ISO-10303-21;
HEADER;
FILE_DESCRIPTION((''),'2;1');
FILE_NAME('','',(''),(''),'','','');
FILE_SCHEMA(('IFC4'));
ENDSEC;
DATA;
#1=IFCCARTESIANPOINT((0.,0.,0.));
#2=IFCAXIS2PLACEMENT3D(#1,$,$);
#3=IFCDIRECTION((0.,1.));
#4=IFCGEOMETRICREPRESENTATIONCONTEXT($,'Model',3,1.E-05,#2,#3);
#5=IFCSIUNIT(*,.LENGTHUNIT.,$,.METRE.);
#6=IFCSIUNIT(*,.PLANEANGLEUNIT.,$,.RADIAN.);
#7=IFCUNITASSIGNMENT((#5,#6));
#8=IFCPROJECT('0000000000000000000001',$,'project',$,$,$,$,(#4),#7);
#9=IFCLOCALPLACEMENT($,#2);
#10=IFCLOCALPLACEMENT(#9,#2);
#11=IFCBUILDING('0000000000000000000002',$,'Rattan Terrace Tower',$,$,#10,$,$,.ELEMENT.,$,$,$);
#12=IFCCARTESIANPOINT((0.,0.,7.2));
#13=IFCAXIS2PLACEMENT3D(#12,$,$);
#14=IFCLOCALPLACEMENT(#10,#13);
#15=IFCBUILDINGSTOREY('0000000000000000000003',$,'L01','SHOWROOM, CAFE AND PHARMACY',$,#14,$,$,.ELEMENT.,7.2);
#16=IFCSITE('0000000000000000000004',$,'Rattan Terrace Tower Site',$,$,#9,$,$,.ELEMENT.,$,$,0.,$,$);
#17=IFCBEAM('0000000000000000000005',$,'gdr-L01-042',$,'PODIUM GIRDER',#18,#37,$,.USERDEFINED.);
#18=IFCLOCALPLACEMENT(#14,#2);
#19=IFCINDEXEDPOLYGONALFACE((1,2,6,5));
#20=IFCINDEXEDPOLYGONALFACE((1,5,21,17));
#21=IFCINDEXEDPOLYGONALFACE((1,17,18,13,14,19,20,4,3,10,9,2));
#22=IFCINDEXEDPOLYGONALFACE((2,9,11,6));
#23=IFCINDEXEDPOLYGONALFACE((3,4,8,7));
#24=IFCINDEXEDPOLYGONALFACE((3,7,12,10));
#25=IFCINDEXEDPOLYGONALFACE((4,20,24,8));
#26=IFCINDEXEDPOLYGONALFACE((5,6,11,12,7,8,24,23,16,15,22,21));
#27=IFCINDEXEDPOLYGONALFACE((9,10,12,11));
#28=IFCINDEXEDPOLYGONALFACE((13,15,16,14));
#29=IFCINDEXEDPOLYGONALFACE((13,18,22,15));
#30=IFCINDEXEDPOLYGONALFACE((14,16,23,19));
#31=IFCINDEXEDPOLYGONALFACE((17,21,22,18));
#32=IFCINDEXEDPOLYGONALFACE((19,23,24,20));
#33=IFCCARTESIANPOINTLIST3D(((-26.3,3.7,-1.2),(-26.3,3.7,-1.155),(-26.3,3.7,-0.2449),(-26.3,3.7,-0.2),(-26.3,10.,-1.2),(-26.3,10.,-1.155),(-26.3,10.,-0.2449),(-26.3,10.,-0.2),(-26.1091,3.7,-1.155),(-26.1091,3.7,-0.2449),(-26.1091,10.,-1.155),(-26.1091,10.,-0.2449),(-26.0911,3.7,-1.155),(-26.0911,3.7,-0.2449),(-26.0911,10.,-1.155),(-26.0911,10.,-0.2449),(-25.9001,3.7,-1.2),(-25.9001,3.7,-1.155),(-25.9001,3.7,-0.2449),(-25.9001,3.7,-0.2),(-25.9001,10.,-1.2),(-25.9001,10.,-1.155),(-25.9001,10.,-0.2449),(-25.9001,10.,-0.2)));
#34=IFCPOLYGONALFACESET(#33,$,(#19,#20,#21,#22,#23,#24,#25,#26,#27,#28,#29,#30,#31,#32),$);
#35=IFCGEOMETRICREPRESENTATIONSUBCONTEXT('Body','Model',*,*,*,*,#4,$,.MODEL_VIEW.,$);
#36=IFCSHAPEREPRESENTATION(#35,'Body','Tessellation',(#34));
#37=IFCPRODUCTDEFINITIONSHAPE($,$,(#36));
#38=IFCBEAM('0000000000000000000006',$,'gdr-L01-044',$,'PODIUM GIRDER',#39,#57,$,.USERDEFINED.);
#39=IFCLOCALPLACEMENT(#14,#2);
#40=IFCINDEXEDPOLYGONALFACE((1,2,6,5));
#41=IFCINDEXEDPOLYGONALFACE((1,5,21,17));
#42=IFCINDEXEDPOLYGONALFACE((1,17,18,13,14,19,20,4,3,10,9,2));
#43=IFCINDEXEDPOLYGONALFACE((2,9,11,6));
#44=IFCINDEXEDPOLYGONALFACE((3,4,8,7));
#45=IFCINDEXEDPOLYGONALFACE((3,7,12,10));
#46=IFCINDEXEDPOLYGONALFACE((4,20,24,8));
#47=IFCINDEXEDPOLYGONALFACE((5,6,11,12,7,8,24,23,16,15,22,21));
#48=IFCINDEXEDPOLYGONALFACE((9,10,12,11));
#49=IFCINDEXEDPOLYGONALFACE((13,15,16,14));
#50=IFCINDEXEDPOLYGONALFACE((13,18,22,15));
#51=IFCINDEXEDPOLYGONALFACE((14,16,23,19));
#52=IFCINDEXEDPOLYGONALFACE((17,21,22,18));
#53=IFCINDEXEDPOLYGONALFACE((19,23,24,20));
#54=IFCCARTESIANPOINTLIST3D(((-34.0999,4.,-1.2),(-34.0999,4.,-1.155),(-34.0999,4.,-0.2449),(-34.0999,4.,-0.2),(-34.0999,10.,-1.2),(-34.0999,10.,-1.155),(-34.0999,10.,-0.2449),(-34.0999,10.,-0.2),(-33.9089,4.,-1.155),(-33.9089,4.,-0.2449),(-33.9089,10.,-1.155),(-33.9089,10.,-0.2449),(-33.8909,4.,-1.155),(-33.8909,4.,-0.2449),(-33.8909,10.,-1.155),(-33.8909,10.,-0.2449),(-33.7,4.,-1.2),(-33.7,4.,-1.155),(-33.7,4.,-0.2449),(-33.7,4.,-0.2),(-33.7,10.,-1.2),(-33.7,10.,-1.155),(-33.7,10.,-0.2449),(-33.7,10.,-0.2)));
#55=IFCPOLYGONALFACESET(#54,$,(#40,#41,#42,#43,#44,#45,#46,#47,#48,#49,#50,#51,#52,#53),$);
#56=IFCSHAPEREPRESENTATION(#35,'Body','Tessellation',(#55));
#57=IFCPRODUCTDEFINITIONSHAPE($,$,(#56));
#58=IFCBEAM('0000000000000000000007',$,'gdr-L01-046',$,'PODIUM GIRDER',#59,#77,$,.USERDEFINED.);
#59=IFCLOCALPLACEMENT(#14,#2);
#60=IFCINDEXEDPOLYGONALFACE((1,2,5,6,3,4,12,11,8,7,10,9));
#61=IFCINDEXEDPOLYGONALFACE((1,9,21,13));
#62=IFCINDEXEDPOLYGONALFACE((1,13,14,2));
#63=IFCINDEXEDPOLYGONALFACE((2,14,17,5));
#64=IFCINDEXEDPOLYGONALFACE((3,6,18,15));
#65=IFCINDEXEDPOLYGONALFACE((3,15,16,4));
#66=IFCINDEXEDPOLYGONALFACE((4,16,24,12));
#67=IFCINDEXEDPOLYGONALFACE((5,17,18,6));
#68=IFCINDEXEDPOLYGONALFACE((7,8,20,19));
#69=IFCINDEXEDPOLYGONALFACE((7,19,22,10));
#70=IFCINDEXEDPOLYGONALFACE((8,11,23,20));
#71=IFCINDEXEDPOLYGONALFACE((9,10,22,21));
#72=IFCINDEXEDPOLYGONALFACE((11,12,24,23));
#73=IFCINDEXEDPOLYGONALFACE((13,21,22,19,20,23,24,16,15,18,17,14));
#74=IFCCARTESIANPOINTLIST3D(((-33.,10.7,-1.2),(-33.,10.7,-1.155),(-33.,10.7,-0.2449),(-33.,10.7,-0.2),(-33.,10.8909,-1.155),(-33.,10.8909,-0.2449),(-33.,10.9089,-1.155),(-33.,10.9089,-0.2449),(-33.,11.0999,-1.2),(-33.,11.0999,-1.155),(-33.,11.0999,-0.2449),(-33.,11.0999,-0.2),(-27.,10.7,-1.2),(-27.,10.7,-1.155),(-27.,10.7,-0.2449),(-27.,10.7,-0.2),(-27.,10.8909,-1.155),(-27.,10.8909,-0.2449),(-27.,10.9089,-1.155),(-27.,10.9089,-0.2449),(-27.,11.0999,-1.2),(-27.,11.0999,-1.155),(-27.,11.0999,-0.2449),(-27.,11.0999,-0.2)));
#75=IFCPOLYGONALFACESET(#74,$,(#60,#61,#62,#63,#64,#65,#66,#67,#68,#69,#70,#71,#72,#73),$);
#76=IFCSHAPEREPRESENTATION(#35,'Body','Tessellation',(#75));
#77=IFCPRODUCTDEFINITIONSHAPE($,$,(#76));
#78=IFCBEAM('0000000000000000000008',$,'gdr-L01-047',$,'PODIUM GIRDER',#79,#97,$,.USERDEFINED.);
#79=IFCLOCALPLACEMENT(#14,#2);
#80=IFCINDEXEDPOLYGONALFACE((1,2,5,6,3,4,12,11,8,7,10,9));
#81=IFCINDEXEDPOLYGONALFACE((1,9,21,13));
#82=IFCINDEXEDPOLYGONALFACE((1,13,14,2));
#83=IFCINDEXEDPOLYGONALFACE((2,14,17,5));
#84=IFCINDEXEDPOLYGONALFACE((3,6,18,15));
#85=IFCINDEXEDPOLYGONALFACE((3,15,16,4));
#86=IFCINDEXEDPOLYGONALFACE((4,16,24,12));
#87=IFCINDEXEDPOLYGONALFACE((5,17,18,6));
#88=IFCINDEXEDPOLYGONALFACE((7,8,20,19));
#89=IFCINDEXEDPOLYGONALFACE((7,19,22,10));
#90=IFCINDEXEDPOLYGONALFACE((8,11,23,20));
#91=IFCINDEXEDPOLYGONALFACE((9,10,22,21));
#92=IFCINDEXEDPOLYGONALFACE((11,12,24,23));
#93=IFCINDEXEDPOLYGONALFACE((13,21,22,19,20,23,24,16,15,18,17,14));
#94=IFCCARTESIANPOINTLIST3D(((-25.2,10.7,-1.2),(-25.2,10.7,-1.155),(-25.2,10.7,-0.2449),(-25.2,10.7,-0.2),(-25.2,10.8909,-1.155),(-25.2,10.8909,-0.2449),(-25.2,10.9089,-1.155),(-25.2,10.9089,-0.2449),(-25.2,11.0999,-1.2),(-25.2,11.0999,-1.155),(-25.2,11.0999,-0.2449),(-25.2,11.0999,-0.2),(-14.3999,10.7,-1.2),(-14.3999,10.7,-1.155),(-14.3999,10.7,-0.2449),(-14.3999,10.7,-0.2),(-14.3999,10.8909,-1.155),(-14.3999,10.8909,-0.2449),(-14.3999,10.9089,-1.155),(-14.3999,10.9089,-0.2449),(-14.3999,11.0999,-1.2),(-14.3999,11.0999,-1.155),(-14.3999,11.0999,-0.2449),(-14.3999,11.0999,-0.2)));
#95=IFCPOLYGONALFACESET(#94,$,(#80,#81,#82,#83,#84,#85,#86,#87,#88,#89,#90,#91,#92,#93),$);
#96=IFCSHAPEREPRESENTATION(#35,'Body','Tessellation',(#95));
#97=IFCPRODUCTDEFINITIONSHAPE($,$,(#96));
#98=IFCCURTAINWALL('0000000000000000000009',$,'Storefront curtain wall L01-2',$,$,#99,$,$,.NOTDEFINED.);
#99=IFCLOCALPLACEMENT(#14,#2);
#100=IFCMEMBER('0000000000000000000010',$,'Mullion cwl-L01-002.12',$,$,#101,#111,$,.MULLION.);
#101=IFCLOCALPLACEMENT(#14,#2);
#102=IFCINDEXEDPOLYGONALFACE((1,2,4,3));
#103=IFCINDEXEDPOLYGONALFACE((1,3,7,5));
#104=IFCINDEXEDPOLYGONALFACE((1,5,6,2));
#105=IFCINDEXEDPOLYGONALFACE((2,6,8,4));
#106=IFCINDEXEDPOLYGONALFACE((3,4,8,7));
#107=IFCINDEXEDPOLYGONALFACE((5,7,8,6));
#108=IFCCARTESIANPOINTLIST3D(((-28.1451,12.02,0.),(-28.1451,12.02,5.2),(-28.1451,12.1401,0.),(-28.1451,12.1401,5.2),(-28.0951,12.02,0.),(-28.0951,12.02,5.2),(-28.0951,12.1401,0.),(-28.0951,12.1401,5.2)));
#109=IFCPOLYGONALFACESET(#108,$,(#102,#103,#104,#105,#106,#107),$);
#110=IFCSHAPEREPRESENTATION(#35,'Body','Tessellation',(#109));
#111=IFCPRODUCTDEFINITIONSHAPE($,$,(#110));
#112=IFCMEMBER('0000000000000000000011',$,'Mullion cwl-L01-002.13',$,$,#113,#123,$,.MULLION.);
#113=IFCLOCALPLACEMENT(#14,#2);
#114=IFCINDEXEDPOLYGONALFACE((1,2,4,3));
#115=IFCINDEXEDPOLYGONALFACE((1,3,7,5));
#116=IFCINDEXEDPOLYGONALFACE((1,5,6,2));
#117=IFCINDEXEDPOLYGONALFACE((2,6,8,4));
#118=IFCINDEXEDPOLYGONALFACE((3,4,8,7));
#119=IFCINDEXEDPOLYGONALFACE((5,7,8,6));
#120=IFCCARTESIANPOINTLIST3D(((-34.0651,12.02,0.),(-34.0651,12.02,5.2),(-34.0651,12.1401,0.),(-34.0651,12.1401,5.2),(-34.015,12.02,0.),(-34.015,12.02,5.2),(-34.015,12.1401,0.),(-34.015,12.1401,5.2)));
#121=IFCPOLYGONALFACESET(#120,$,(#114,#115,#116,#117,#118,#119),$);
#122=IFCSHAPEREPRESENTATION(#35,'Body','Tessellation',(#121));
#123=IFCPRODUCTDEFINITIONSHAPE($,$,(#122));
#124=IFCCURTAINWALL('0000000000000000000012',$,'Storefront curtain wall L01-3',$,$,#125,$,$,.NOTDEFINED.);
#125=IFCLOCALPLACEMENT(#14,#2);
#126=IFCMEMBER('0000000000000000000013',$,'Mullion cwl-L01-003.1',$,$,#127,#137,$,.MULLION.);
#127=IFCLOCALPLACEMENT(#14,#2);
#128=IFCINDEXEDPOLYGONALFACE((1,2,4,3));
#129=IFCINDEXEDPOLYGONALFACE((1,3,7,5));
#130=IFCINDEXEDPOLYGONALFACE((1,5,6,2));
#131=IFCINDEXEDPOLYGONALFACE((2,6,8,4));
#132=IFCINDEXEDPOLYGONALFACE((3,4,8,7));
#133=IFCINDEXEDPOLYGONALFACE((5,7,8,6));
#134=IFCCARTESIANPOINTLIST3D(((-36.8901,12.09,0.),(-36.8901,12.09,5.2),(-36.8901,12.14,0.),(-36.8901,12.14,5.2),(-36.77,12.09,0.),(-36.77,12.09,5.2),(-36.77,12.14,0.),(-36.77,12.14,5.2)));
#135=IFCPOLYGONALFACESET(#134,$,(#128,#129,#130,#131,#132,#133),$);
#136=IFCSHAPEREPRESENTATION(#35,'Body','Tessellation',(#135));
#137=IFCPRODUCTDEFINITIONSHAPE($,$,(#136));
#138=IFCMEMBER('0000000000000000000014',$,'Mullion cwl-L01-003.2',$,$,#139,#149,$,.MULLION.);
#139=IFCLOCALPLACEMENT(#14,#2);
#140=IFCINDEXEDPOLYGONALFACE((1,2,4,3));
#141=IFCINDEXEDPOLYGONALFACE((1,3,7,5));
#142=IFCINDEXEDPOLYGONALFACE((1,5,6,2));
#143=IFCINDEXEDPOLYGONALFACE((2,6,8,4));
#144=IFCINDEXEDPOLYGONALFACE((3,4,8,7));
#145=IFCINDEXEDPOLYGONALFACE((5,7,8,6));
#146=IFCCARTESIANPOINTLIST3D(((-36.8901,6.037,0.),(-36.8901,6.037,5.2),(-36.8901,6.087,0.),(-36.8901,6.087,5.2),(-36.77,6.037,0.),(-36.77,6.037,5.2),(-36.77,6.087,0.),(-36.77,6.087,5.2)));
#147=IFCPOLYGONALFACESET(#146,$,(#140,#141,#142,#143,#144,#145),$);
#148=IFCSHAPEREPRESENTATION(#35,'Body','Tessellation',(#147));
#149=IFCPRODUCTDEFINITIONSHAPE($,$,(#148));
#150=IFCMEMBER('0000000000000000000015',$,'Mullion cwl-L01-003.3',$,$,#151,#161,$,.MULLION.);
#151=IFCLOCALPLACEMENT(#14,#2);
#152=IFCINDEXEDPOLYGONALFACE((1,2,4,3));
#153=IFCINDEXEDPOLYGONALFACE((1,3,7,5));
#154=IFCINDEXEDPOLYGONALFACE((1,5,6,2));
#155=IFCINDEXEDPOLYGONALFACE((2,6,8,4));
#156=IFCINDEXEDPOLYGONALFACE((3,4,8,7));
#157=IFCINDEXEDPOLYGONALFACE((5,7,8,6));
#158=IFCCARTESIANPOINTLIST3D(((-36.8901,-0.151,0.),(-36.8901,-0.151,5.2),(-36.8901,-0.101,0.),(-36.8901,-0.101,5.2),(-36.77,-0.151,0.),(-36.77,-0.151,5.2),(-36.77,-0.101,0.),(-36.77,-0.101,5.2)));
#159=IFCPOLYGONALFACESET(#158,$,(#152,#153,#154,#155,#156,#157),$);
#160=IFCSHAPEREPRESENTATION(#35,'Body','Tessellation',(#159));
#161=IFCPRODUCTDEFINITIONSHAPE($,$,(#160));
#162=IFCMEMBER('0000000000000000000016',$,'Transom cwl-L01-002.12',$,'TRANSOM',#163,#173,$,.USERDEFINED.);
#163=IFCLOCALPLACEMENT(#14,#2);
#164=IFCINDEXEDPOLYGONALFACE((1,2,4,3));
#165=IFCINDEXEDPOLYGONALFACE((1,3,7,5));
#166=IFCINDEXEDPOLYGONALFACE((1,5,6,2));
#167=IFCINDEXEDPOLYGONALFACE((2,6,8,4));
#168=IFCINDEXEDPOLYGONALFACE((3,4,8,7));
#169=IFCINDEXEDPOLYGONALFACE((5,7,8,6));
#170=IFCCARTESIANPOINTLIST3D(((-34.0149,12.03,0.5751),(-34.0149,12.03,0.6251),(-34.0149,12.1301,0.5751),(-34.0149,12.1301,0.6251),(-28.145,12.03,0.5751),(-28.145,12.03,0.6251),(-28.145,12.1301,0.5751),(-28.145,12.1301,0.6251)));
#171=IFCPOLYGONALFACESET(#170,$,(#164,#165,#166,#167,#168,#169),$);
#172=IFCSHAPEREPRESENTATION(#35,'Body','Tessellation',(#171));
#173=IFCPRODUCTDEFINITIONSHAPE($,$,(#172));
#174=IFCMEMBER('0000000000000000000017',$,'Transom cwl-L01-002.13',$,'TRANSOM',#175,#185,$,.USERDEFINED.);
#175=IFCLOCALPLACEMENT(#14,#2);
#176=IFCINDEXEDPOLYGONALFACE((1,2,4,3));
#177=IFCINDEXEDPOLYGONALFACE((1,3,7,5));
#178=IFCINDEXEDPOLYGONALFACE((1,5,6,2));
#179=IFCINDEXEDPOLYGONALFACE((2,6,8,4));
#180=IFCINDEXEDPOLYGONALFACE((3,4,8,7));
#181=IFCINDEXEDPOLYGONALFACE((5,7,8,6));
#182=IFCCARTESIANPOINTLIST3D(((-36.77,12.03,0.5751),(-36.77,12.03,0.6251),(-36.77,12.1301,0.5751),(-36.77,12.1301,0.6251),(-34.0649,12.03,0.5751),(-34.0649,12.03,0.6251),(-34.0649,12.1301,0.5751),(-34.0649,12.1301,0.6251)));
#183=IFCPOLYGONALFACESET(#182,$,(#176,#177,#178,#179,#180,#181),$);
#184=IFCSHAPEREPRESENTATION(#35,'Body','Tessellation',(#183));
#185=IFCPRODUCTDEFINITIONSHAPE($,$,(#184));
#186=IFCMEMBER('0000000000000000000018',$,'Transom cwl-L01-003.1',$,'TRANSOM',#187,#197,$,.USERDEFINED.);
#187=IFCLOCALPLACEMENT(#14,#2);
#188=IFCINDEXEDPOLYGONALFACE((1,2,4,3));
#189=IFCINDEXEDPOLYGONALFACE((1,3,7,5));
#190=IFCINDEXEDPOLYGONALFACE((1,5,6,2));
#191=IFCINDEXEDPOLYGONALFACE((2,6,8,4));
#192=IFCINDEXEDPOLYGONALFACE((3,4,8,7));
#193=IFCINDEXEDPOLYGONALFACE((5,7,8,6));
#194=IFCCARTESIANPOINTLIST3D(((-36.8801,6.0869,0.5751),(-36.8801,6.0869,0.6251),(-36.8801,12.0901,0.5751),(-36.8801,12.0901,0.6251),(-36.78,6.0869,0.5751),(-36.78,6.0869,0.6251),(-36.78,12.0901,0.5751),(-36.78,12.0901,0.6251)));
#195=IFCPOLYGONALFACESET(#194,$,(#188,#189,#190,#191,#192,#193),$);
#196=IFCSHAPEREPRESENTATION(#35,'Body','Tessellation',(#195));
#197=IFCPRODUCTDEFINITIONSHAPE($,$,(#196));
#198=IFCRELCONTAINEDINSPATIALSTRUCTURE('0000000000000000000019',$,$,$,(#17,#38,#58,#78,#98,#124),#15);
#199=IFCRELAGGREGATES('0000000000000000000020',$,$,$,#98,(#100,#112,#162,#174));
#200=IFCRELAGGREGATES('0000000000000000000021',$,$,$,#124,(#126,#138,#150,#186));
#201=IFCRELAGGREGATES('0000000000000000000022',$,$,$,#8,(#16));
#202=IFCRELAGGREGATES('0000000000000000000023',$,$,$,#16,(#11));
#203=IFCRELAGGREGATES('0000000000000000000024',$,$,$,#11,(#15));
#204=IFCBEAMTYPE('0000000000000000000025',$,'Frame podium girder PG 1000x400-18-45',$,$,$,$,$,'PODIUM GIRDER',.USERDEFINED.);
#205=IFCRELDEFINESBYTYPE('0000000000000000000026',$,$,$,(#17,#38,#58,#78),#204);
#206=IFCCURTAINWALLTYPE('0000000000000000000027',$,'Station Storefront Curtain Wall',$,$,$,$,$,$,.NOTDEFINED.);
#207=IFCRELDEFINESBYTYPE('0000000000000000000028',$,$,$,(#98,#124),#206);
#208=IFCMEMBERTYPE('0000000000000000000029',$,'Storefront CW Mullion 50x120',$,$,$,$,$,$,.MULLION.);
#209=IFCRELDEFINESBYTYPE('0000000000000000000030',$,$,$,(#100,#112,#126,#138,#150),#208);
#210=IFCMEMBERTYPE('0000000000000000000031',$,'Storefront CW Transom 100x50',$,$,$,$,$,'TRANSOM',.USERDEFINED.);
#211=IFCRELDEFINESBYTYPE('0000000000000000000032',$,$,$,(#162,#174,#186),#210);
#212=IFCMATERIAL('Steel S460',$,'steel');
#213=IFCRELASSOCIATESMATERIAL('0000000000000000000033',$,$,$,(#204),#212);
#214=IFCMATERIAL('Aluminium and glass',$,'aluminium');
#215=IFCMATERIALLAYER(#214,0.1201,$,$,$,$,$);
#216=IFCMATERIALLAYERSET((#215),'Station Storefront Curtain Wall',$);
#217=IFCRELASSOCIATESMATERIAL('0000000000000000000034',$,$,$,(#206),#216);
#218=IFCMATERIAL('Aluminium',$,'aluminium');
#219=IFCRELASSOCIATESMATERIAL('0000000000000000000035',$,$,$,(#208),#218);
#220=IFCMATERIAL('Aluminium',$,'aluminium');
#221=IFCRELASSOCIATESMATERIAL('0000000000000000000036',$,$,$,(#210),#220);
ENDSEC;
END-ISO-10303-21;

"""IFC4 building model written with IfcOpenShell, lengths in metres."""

from ifc_helpers import new_model, si_unit, direction, frame, origin, origin_2d, place, context, subcontext, project, spatial, rectangle, i_section, extrude, material, layer, layer_set, material_profile, profile_set, type_object, element, aggregate, save


model = new_model("IFC4")

# Units and contexts
model_context = context("Model", 3, precision=1e-05, world=origin(), true_north=direction((0.0, 1.0)))
body_context = subcontext(model_context, "Body", "Model", "MODEL_VIEW")
ifc_project = project(units=[si_unit("LENGTHUNIT", "METRE"), si_unit("PLANEANGLEUNIT", "RADIAN")], contexts=[model_context])

# Site, building, storey
site_placement = place(None, origin())
site = spatial("IfcSite", under=ifc_project, at=site_placement, Name="Rattan Terrace Tower Site", CompositionType="ELEMENT", RefElevation=0.0)
building_placement = place(site_placement, origin())
building = spatial("IfcBuilding", under=site, at=building_placement, Name="Rattan Terrace Tower", CompositionType="ELEMENT")
storey_placement = place(building_placement, frame((0.0, 0.0, 7.2)))
storey = spatial("IfcBuildingStorey", under=building, at=storey_placement, Name="L01", Description="SHOWROOM, CAFE AND PHARMACY", CompositionType="ELEMENT", Elevation=7.2)

# Beams
ifc_material_1 = material(Name="Steel S460", Category="steel")
ifc_material_profile_1 = material_profile(ifc_material_1, i_section(OverallWidth=0.3999, OverallDepth=1.0, WebThickness=0.0181, FlangeThickness=0.0449, at=origin_2d()), Name="PG 1000x400-18-45")
ifc_profile_set_1 = profile_set([ifc_material_profile_1], Name="Steel S460")
beam_type_1 = type_object("IfcBeamType", Name="Frame podium girder PG 1000x400-18-45", ElementType="PODIUM GIRDER", PredefinedType="USERDEFINED", material=ifc_profile_set_1)
for number, where, z_axis, x_axis, name in (
    (1, (-26.1001, 3.7, -0.7), (0.0, 1.0, 0.0), (-1.0, 0.0, 0.0), "gdr-L01-042"),
):
    element("IfcBeam", number, at=place(storey_placement, frame(where, z_axis=z_axis, x_axis=x_axis)), inside=storey, type_object=beam_type_1, Name=name, ObjectType="PODIUM GIRDER", PredefinedType="USERDEFINED", context=body_context, shape_type="SweptSolid", body=[
        extrude(i_section(OverallWidth=0.3999, OverallDepth=1.0, WebThickness=0.0181, FlangeThickness=0.0449, at=origin_2d()), origin(), (0.0, 0.0, 1.0), 6.3),
    ])
for number, where, z_axis, x_axis, name in (
    (2, (-33.8999, 4.0, -0.7), (0.0, 1.0, 0.0), (-1.0, 0.0, 0.0), "gdr-L01-044"),
    (3, (-33.0, 10.8999, -0.7), (1.0, 0.0, 0.0), (0.0, 1.0, 0.0), "gdr-L01-046"),
):
    element("IfcBeam", number, at=place(storey_placement, frame(where, z_axis=z_axis, x_axis=x_axis)), inside=storey, type_object=beam_type_1, Name=name, ObjectType="PODIUM GIRDER", PredefinedType="USERDEFINED", context=body_context, shape_type="SweptSolid", body=[
        extrude(i_section(OverallWidth=0.3999, OverallDepth=1.0, WebThickness=0.0181, FlangeThickness=0.0449, at=origin_2d()), origin(), (0.0, 0.0, 1.0), 6.0),
    ])
beam_1_placement = place(storey_placement, frame((-25.2, 10.8999, -0.7), z_axis=(1.0, 0.0, 0.0), x_axis=(0.0, 1.0, 0.0)))
element("IfcBeam", 4, at=beam_1_placement, inside=storey, type_object=beam_type_1, Name="gdr-L01-047", ObjectType="PODIUM GIRDER", PredefinedType="USERDEFINED", context=body_context, shape_type="SweptSolid", body=[
    extrude(i_section(OverallWidth=0.3999, OverallDepth=1.0, WebThickness=0.0181, FlangeThickness=0.0449, at=origin_2d()), origin(), (0.0, 0.0, 1.0), 10.8),
])

# Curtain walls, members
ifc_material_2 = material(Name="Aluminium and glass", Category="aluminium")
ifc_layer_1 = layer(ifc_material_2, 0.1201)
ifc_layer_set_1 = layer_set([ifc_layer_1], Name="Station Storefront Curtain Wall")
curtain_wall_type = type_object("IfcCurtainWallType", Name="Station Storefront Curtain Wall", PredefinedType="NOTDEFINED", material=ifc_layer_set_1)
curtain_wall_1_placement = place(storey_placement, origin())
curtain_wall_1 = element("IfcCurtainWall", 5, at=curtain_wall_1_placement, inside=storey, type_object=curtain_wall_type, Name="Storefront curtain wall L01-2", PredefinedType="NOTDEFINED")
ifc_material_3 = material(Name="Aluminium", Category="aluminium")
ifc_material_profile_2 = material_profile(ifc_material_3, rectangle(XDim=0.05, YDim=0.1201, at=origin_2d()), Name="Aluminium 50x120")
ifc_profile_set_2 = profile_set([ifc_material_profile_2], Name="Aluminium")
member_type_1 = type_object("IfcMemberType", Name="Storefront CW Mullion 50x120", PredefinedType="MULLION", material=ifc_profile_set_2)
member_1_placement = place(storey_placement, frame((-28.1201, 12.0801, 0.0), z_axis=(0.0, 0.0, 1.0), x_axis=(-1.0, 0.0, 0.0)))
member_1 = element("IfcMember", 6, at=member_1_placement, type_object=member_type_1, Name="Mullion cwl-L01-002.12", PredefinedType="MULLION", context=body_context, shape_type="SweptSolid", body=[
    extrude(rectangle(XDim=0.05, YDim=0.1201, at=origin_2d()), origin(), (0.0, 0.0, 1.0), 5.2),
])
member_2_placement = place(storey_placement, frame((-34.04, 12.0801, 0.0), z_axis=(0.0, 0.0, 1.0), x_axis=(-1.0, 0.0, 0.0)))
member_2 = element("IfcMember", 7, at=member_2_placement, type_object=member_type_1, Name="Mullion cwl-L01-002.13", PredefinedType="MULLION", context=body_context, shape_type="SweptSolid", body=[
    extrude(rectangle(XDim=0.05, YDim=0.1201, at=origin_2d()), origin(), (0.0, 0.0, 1.0), 5.2),
])
curtain_wall_2_placement = place(storey_placement, origin())
curtain_wall_2 = element("IfcCurtainWall", 8, at=curtain_wall_2_placement, inside=storey, type_object=curtain_wall_type, Name="Storefront curtain wall L01-3", PredefinedType="NOTDEFINED")
member_3_placement = place(storey_placement, frame((-36.8301, 12.115, 0.0), z_axis=(0.0, 0.0, 1.0), x_axis=(0.0, -1.0, 0.0)))
member_3 = element("IfcMember", 9, at=member_3_placement, type_object=member_type_1, Name="Mullion cwl-L01-003.1", PredefinedType="MULLION", context=body_context, shape_type="SweptSolid", body=[
    extrude(rectangle(XDim=0.05, YDim=0.1201, at=origin_2d()), origin(), (0.0, 0.0, 1.0), 5.2),
])
member_4_placement = place(storey_placement, frame((-36.8301, 6.062, 0.0), z_axis=(0.0, 0.0, 1.0), x_axis=(0.0, -1.0, 0.0)))
member_4 = element("IfcMember", 10, at=member_4_placement, type_object=member_type_1, Name="Mullion cwl-L01-003.2", PredefinedType="MULLION", context=body_context, shape_type="SweptSolid", body=[
    extrude(rectangle(XDim=0.05, YDim=0.1201, at=origin_2d()), origin(), (0.0, 0.0, 1.0), 5.2),
])
member_5_placement = place(storey_placement, frame((-36.8301, -0.126, 0.0), z_axis=(0.0, 0.0, 1.0), x_axis=(0.0, -1.0, 0.0)))
member_5 = element("IfcMember", 11, at=member_5_placement, type_object=member_type_1, Name="Mullion cwl-L01-003.3", PredefinedType="MULLION", context=body_context, shape_type="SweptSolid", body=[
    extrude(rectangle(XDim=0.05, YDim=0.1201, at=origin_2d()), origin(), (0.0, 0.0, 1.0), 5.2),
])

# Members
ifc_material_4 = material(Name="Aluminium", Category="aluminium")
ifc_material_profile_3 = material_profile(ifc_material_4, rectangle(XDim=0.1001, YDim=0.05, at=origin_2d()), Name="Aluminium 100x50")
ifc_profile_set_3 = profile_set([ifc_material_profile_3], Name="Aluminium")
member_type_2 = type_object("IfcMemberType", Name="Storefront CW Transom 100x50", ElementType="TRANSOM", PredefinedType="USERDEFINED", material=ifc_profile_set_3)
member_6_placement = place(storey_placement, frame((-28.145, 12.0801, 0.6001), z_axis=(-1.0, 0.0, 0.0), x_axis=(0.0, -1.0, 0.0)))
member_6 = element("IfcMember", 12, at=member_6_placement, type_object=member_type_2, Name="Transom cwl-L01-002.12", ObjectType="TRANSOM", PredefinedType="USERDEFINED", context=body_context, shape_type="SweptSolid", body=[
    extrude(rectangle(XDim=0.1001, YDim=0.05, at=origin_2d()), origin(), (0.0, 0.0, 1.0), 5.8699),
])
member_7_placement = place(storey_placement, frame((-34.0649, 12.0801, 0.6001), z_axis=(-1.0, 0.0, 0.0), x_axis=(0.0, -1.0, 0.0)))
member_7 = element("IfcMember", 13, at=member_7_placement, type_object=member_type_2, Name="Transom cwl-L01-002.13", ObjectType="TRANSOM", PredefinedType="USERDEFINED", context=body_context, shape_type="SweptSolid", body=[
    extrude(rectangle(XDim=0.1001, YDim=0.05, at=origin_2d()), origin(), (0.0, 0.0, 1.0), 2.7051),
])
member_8_placement = place(storey_placement, frame((-36.8301, 12.0901, 0.6001), z_axis=(0.0, -1.0, 0.0), x_axis=(1.0, 0.0, 0.0)))
member_8 = element("IfcMember", 14, at=member_8_placement, type_object=member_type_2, Name="Transom cwl-L01-003.1", ObjectType="TRANSOM", PredefinedType="USERDEFINED", context=body_context, shape_type="SweptSolid", body=[
    extrude(rectangle(XDim=0.1001, YDim=0.05, at=origin_2d()), origin(), (0.0, 0.0, 1.0), 6.0032),
])

aggregate(curtain_wall_1, [member_1, member_2, member_6, member_7])
aggregate(curtain_wall_2, [member_3, member_4, member_5, member_8])

save(model, "model.ifc")
